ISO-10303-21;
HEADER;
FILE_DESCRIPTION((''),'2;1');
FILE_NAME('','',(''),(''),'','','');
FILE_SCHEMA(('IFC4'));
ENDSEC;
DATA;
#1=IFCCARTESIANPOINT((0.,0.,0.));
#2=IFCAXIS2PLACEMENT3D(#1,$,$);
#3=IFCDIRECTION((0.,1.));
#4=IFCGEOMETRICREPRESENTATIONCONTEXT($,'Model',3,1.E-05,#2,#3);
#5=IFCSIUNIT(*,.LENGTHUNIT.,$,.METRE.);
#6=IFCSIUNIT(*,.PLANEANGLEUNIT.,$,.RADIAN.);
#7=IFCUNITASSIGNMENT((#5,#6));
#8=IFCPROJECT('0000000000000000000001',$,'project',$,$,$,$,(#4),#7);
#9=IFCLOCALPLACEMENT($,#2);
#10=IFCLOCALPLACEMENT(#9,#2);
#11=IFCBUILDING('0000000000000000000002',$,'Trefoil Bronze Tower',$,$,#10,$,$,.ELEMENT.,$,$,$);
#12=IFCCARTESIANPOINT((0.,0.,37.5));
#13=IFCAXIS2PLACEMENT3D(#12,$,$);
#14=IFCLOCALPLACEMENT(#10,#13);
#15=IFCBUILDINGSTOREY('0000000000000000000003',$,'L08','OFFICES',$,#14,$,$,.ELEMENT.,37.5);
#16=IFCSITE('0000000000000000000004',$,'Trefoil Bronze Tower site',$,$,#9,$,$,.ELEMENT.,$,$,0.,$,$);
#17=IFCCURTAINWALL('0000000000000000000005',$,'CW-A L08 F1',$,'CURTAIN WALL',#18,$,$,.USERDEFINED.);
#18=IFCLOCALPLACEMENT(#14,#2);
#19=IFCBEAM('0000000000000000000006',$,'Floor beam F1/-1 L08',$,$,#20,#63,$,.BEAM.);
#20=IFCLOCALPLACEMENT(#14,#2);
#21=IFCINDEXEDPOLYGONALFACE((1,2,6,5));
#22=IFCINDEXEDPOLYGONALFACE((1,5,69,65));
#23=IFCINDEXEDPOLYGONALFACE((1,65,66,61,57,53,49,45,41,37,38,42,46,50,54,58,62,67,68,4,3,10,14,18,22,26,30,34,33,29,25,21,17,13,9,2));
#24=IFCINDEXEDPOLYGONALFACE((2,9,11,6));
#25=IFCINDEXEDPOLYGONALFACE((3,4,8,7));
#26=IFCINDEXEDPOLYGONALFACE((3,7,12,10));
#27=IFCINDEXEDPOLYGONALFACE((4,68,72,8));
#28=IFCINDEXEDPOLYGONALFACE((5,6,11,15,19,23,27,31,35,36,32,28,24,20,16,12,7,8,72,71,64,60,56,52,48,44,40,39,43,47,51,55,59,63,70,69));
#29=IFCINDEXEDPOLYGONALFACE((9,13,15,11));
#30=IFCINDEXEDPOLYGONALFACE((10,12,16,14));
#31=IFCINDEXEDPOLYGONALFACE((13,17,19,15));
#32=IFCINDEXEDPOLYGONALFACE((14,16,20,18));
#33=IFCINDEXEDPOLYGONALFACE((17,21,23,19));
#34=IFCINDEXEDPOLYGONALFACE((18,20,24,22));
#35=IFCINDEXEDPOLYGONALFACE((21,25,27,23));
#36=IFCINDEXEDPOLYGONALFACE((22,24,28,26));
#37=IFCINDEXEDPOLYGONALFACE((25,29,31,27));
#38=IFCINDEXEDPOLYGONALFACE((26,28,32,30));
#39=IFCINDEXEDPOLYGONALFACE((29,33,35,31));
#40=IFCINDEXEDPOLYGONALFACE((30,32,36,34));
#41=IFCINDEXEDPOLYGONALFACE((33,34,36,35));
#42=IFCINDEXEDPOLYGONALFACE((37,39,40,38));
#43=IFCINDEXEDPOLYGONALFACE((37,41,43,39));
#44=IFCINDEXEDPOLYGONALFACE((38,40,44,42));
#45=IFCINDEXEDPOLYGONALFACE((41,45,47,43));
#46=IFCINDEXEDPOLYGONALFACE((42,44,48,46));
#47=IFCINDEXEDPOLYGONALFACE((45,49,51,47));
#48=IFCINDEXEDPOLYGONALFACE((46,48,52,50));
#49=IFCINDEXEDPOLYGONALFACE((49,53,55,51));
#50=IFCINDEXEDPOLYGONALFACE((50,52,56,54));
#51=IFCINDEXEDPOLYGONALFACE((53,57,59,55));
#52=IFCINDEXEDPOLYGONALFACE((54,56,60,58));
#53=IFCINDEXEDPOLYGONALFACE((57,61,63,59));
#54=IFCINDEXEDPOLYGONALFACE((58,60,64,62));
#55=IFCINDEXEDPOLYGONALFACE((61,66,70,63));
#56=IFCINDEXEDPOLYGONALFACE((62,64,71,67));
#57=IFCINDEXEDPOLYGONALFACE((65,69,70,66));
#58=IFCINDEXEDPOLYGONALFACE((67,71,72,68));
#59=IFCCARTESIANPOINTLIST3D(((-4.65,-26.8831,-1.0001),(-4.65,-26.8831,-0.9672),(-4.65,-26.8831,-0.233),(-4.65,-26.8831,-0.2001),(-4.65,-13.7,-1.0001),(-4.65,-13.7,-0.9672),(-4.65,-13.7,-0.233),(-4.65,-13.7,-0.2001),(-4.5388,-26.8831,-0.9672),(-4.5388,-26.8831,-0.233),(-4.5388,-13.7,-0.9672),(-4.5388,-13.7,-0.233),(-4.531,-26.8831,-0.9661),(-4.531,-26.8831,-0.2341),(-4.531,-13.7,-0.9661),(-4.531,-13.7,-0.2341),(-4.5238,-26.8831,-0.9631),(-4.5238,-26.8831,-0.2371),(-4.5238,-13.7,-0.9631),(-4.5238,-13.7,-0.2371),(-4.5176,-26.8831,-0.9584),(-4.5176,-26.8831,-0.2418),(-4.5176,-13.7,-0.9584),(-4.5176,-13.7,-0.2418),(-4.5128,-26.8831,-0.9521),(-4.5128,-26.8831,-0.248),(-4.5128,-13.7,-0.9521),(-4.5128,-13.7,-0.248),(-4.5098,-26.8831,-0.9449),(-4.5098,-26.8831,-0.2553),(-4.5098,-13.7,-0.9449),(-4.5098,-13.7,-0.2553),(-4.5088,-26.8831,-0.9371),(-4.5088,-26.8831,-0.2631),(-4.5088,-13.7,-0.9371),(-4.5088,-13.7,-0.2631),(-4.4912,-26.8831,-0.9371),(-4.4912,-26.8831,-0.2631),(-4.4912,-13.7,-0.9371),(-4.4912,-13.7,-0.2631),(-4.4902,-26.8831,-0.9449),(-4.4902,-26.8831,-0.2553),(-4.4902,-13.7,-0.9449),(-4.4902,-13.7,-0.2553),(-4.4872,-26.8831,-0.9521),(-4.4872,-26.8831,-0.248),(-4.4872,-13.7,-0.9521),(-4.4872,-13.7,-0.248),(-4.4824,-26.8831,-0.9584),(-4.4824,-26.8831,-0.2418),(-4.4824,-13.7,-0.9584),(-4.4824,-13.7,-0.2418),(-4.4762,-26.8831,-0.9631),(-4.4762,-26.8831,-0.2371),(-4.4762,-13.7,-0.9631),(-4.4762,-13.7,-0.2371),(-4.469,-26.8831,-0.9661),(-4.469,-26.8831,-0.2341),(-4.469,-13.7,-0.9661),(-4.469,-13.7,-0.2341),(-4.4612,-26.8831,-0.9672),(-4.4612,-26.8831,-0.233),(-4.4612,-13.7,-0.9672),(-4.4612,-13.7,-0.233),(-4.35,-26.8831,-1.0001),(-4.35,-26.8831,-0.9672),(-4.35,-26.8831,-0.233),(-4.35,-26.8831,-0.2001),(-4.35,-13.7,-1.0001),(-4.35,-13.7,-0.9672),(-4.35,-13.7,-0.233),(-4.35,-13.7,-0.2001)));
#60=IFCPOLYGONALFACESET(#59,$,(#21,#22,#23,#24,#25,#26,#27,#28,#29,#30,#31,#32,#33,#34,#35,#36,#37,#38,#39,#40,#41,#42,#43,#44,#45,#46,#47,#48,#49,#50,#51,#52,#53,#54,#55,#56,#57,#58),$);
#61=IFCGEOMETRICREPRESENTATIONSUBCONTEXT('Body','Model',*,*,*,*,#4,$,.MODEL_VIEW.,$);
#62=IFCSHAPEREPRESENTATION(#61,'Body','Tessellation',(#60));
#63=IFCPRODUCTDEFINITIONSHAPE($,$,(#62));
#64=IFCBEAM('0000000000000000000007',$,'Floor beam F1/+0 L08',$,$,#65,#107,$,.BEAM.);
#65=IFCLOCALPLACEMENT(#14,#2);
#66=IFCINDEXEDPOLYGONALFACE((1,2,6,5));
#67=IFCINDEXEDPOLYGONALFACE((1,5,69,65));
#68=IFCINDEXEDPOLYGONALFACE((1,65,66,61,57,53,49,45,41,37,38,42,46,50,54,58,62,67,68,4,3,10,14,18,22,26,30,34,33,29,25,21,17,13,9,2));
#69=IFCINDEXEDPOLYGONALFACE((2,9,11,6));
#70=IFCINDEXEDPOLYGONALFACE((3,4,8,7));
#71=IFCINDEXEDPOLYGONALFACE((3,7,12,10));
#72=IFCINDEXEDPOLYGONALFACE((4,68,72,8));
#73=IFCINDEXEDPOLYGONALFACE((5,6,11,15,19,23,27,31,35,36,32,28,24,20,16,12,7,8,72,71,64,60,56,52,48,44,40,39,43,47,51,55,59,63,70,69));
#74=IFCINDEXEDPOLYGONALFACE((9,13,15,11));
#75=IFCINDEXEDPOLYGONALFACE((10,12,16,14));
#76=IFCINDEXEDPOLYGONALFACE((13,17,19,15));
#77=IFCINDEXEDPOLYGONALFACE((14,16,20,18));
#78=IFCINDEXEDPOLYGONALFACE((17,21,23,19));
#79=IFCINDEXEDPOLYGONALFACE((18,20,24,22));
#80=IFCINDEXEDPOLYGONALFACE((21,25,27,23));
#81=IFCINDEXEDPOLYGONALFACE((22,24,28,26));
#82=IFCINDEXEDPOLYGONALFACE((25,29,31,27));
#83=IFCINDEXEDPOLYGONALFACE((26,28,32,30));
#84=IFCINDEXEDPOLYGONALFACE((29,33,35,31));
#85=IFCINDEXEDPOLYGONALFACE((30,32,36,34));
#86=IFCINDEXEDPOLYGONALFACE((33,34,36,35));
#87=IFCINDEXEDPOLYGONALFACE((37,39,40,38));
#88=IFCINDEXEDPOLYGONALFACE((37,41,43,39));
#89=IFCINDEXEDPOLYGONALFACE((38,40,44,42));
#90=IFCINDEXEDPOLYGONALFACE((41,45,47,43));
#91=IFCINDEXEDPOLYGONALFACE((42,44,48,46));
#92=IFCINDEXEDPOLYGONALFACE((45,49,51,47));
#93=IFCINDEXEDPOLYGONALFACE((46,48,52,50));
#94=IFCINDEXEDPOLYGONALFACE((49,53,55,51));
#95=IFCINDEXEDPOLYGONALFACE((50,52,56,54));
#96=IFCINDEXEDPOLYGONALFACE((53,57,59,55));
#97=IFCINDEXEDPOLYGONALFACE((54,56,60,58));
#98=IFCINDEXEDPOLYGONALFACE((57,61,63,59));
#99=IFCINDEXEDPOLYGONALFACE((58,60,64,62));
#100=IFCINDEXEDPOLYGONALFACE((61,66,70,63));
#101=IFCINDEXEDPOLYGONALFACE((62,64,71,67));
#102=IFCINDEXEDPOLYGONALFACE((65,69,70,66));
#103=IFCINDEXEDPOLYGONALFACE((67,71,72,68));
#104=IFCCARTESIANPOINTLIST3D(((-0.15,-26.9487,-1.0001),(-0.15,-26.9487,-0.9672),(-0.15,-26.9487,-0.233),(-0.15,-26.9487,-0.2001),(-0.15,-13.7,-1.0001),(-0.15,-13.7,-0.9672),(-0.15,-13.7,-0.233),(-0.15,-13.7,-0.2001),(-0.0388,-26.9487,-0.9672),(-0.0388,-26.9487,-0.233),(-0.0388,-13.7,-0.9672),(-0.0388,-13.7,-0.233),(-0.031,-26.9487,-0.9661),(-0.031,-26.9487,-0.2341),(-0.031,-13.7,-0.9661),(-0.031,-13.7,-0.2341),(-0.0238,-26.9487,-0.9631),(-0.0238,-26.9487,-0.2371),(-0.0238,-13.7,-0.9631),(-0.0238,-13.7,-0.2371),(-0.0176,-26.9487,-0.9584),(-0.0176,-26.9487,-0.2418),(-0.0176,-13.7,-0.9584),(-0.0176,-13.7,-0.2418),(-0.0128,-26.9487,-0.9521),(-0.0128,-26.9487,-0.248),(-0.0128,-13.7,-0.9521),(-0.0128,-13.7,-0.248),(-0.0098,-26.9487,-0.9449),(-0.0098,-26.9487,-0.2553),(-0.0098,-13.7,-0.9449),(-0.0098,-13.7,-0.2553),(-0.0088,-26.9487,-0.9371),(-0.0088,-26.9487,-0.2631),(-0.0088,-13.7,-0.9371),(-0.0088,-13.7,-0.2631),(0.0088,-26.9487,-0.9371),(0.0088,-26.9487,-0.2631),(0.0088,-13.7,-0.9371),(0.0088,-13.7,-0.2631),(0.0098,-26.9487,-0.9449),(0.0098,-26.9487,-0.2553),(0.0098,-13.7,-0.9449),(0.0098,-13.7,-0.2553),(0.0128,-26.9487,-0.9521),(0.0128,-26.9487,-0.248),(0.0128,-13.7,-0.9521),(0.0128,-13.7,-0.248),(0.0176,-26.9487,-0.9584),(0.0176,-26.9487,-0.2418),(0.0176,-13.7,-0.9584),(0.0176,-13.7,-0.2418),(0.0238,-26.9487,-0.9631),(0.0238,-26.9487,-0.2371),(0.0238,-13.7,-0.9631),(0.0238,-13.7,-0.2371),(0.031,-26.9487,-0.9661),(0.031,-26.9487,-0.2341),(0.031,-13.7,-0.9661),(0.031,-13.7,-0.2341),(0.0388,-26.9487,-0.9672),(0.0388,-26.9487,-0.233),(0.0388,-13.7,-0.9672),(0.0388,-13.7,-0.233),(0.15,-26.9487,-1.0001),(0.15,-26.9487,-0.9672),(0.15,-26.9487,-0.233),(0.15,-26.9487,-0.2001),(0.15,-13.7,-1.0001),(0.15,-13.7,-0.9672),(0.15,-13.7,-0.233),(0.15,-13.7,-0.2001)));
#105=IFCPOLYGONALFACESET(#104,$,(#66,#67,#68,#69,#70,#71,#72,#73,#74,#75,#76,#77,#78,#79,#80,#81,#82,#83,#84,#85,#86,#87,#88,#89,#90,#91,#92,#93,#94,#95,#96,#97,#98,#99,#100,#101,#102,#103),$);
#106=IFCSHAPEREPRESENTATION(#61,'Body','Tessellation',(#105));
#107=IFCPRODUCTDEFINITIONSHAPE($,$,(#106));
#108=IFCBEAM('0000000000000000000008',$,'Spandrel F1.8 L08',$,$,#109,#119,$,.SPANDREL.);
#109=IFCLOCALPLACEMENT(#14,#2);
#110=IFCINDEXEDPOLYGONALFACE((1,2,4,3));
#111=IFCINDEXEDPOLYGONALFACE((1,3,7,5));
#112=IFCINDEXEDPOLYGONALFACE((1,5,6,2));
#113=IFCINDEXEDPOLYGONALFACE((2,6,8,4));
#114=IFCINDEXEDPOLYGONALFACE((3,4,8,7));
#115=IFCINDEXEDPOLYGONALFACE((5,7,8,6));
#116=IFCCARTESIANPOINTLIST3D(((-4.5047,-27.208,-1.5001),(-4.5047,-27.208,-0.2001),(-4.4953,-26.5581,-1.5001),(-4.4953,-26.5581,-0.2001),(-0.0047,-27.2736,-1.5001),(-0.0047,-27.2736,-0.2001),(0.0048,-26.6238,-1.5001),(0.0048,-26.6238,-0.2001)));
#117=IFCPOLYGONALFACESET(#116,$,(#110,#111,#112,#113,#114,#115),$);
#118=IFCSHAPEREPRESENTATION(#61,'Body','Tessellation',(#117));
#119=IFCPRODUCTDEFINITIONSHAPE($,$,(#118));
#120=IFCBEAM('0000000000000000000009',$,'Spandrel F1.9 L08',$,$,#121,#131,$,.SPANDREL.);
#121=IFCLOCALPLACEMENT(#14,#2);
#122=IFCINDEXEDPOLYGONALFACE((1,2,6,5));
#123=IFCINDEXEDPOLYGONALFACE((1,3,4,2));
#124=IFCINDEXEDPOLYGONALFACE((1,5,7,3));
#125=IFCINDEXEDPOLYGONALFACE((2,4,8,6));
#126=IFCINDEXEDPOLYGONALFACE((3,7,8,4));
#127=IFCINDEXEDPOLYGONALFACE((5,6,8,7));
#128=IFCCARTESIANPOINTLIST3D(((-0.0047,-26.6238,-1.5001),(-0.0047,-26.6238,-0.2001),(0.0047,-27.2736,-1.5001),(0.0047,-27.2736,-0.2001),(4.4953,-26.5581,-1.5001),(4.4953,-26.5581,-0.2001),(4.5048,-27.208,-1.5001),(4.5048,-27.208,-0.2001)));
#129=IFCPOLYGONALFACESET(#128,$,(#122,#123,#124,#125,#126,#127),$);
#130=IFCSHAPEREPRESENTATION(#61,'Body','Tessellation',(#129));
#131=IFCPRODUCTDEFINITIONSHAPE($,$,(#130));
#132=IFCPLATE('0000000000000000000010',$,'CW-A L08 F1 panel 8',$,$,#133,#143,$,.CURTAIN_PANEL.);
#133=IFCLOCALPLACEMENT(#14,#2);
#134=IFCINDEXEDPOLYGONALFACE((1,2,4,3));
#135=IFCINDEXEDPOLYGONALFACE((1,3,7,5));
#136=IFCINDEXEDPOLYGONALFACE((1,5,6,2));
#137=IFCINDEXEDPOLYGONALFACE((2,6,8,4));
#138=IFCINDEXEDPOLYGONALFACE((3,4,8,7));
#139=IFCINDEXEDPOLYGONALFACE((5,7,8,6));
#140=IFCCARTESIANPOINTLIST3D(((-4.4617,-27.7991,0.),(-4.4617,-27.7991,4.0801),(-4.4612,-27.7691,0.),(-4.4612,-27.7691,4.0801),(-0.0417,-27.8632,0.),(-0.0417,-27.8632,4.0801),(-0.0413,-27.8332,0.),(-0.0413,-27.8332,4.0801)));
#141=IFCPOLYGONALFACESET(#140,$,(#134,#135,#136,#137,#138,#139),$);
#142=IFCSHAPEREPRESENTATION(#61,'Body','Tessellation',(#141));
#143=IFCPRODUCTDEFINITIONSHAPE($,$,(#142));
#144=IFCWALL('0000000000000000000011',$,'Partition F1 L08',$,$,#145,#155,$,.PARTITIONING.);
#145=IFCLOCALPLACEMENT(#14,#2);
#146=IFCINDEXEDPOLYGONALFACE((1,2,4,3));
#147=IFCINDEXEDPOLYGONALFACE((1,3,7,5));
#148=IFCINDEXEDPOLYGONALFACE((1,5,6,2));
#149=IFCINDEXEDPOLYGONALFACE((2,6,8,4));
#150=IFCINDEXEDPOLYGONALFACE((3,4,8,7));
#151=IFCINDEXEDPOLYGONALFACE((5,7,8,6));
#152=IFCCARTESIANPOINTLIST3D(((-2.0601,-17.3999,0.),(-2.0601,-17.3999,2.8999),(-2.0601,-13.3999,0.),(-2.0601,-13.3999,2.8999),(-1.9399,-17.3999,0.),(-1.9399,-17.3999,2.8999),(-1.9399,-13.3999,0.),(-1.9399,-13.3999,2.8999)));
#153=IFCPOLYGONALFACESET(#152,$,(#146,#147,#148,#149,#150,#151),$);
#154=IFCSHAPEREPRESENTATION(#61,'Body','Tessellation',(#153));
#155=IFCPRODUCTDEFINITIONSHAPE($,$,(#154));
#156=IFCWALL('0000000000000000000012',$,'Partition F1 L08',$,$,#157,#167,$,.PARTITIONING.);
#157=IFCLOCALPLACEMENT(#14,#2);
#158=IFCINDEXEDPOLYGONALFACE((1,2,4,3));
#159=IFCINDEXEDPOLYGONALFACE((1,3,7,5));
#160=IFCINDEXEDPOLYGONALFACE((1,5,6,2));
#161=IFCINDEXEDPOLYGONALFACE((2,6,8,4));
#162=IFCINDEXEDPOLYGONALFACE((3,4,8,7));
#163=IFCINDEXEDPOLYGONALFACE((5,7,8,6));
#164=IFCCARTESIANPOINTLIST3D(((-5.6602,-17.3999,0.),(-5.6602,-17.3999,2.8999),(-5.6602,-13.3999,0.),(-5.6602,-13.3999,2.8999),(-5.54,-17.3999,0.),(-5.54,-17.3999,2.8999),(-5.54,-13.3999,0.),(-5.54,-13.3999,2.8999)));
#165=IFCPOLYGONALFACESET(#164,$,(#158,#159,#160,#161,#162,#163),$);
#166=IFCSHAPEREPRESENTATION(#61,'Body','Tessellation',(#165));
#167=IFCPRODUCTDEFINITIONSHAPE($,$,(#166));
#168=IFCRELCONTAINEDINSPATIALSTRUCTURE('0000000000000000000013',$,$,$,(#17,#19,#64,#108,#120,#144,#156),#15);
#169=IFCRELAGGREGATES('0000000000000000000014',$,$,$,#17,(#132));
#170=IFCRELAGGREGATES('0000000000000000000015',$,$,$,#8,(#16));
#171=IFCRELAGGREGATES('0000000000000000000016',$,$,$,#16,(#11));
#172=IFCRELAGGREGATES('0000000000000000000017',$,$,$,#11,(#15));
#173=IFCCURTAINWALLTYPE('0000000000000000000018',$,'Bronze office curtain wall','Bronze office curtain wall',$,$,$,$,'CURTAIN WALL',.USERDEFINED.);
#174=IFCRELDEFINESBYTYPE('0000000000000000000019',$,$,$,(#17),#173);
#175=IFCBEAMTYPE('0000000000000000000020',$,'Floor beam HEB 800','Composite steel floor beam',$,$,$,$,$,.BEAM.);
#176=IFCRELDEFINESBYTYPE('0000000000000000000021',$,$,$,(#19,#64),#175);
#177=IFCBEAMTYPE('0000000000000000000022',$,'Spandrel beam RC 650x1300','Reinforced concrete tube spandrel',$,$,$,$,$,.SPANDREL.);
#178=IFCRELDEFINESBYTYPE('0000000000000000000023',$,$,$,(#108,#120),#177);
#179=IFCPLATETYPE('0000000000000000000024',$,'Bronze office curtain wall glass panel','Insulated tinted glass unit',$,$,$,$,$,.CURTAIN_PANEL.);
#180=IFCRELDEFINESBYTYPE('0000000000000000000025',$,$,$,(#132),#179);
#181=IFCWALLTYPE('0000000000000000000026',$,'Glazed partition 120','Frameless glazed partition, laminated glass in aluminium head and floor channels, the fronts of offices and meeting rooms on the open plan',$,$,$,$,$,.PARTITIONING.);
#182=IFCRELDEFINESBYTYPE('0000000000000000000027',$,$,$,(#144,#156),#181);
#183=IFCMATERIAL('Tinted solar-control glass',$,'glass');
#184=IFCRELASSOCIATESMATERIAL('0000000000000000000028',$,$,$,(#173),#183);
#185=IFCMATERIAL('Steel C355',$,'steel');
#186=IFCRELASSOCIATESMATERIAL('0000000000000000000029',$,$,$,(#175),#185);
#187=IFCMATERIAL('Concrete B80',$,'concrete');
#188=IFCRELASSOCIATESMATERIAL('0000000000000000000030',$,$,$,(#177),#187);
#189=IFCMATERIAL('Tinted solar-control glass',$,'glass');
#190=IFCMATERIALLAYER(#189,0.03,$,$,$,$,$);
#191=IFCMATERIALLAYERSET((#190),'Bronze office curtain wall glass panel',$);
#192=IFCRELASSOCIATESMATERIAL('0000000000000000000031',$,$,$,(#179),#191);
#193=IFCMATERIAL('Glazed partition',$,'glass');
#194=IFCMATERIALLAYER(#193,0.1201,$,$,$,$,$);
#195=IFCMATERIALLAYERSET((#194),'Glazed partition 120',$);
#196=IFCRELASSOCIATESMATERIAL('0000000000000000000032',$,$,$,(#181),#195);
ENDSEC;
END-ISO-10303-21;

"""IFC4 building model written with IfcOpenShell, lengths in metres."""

from ifc_helpers import new_model, si_unit, direction, frame, frame_2d, origin, origin_2d, place, context, subcontext, project, spatial, rectangle, i_section, extrude, material, layer, layer_set, material_profile, profile_set, type_object, element, aggregate, save


model = new_model("IFC4")

# Units and contexts
model_context = context("Model", 3, precision=1e-05, world=origin(), true_north=direction((0.0, 1.0)))
body_context = subcontext(model_context, "Body", "Model", "MODEL_VIEW")
ifc_project = project(units=[si_unit("LENGTHUNIT", "METRE"), si_unit("PLANEANGLEUNIT", "RADIAN")], contexts=[model_context])

# Site, building, storey
site_placement = place(None, origin())
site = spatial("IfcSite", under=ifc_project, at=site_placement, Name="Trefoil Bronze Tower site", CompositionType="ELEMENT", RefElevation=0.0)
building_placement = place(site_placement, origin())
building = spatial("IfcBuilding", under=site, at=building_placement, Name="Trefoil Bronze Tower", CompositionType="ELEMENT")
storey_placement = place(building_placement, frame((0.0, 0.0, 37.5)))
storey = spatial("IfcBuildingStorey", under=building, at=storey_placement, Name="L08", Description="OFFICES", CompositionType="ELEMENT", Elevation=37.5)

# Curtain wall
ifc_material_1 = material(Name="Tinted solar-control glass", Category="glass")
curtain_wall_type = type_object("IfcCurtainWallType", Name="Bronze office curtain wall", Description="Bronze office curtain wall", ElementType="CURTAIN WALL", PredefinedType="USERDEFINED", material=ifc_material_1)
curtain_wall_placement = place(storey_placement, origin())
curtain_wall = element("IfcCurtainWall", 1, at=curtain_wall_placement, inside=storey, type_object=curtain_wall_type, Name="CW-A L08 F1", ObjectType="CURTAIN WALL", PredefinedType="USERDEFINED")

# Beams
ifc_material_2 = material(Name="Steel C355", Category="steel")
ifc_material_profile_1 = material_profile(ifc_material_2, i_section(OverallWidth=0.3, OverallDepth=0.8, WebThickness=0.0176, FlangeThickness=0.033, FilletRadius=0.03, at=origin_2d()), Name="HEB 800")
ifc_profile_set_1 = profile_set([ifc_material_profile_1], Name="Steel C355")
beam_type_1 = type_object("IfcBeamType", Name="Floor beam HEB 800", Description="Composite steel floor beam", PredefinedType="BEAM", material=ifc_profile_set_1)
beam_1_placement = place(storey_placement, frame((-4.5, -26.8831, -0.6001), z_axis=(0.0, 1.0, 0.0), x_axis=(-1.0, 0.0, 0.0)))
element("IfcBeam", 2, at=beam_1_placement, inside=storey, type_object=beam_type_1, Name="Floor beam F1/-1 L08", PredefinedType="BEAM", context=body_context, shape_type="SweptSolid", body=[
    extrude(i_section(OverallWidth=0.3, OverallDepth=0.8, WebThickness=0.0176, FlangeThickness=0.033, FilletRadius=0.03, at=origin_2d()), origin(), (0.0, 0.0, 1.0), 13.1831),
])
beam_2_placement = place(storey_placement, frame((0.0, -26.9487, -0.6001), z_axis=(0.0, 1.0, 0.0), x_axis=(-1.0, 0.0, 0.0)))
element("IfcBeam", 3, at=beam_2_placement, inside=storey, type_object=beam_type_1, Name="Floor beam F1/+0 L08", PredefinedType="BEAM", context=body_context, shape_type="SweptSolid", body=[
    extrude(i_section(OverallWidth=0.3, OverallDepth=0.8, WebThickness=0.0176, FlangeThickness=0.033, FilletRadius=0.03, at=origin_2d()), origin(), (0.0, 0.0, 1.0), 13.2488),
])
ifc_material_3 = material(Name="Concrete B80", Category="concrete")
ifc_material_profile_2 = material_profile(ifc_material_3, rectangle(XDim=0.6499, YDim=1.3, at=origin_2d()), Name="RC 650x1300")
ifc_profile_set_2 = profile_set([ifc_material_profile_2], Name="Concrete B80")
beam_type_2 = type_object("IfcBeamType", Name="Spandrel beam RC 650x1300", Description="Reinforced concrete tube spandrel", PredefinedType="SPANDREL", material=ifc_profile_set_2)
for number, where, z_axis, x_axis, name in (
    (4, (-4.5, -26.8831, -0.8501), (0.999894, -0.014593, 0.0), (0.014593, 0.999894, 0.0), "Spandrel F1.8 L08"),
    (5, (0.0, -26.9487, -0.8501), (0.999894, 0.014593, 0.0), (-0.014593, 0.999894, 0.0), "Spandrel F1.9 L08"),
):
    element("IfcBeam", number, at=place(storey_placement, frame(where, z_axis=z_axis, x_axis=x_axis)), inside=storey, type_object=beam_type_2, Name=name, PredefinedType="SPANDREL", context=body_context, shape_type="SweptSolid", body=[
        extrude(rectangle(XDim=0.6499, YDim=1.3, at=origin_2d()), origin(), (0.0, 0.0, 1.0), 4.5005),
    ])

# Plate
ifc_material_4 = material(Name="Tinted solar-control glass", Category="glass")
ifc_layer_1 = layer(ifc_material_4, 0.03)
ifc_layer_set_1 = layer_set([ifc_layer_1], Name="Bronze office curtain wall glass panel")
plate_type = type_object("IfcPlateType", Name="Bronze office curtain wall glass panel", Description="Insulated tinted glass unit", PredefinedType="CURTAIN_PANEL", material=ifc_layer_set_1)
plate_placement = place(storey_placement, frame((-2.2515, -27.8162, 0.0), z_axis=(0.0, 0.0, 1.0), x_axis=(0.999895, -0.014509, 0.0)))
plate = element("IfcPlate", 6, at=plate_placement, type_object=plate_type, Name="CW-A L08 F1 panel 8", PredefinedType="CURTAIN_PANEL", context=body_context, shape_type="SweptSolid", body=[
    extrude(rectangle(XDim=4.4204, YDim=0.03, at=origin_2d()), origin(), (0.0, 0.0, 1.0), 4.0801),
])
aggregate(curtain_wall, [plate])

# Walls
ifc_material_5 = material(Name="Glazed partition", Category="glass")
ifc_layer_2 = layer(ifc_material_5, 0.1201)
ifc_layer_set_2 = layer_set([ifc_layer_2], Name="Glazed partition 120")
wall_type_1 = type_object("IfcWallType", Name="Glazed partition 120", Description="Frameless glazed partition, laminated glass in aluminium head and floor channels, the fronts of offices and meeting rooms on the open plan", PredefinedType="PARTITIONING", material=ifc_layer_set_2)
for number, where, z_axis, x_axis, name in (
    (7, (-2.0, -13.3999, 0.0), (0.0, 0.0, 1.0), (0.0, -1.0, 0.0), "Partition F1 L08"),
    (8, (-5.6001, -13.3999, 0.0), (0.0, 0.0, 1.0), (0.0, -1.0, 0.0), "Partition F1 L08"),
):
    element("IfcWall", number, at=place(storey_placement, frame(where, z_axis=z_axis, x_axis=x_axis)), inside=storey, type_object=wall_type_1, Name=name, PredefinedType="PARTITIONING", context=body_context, shape_type="SweptSolid", body=[
        extrude(rectangle(XDim=4.0, YDim=0.1201, at=frame_2d((2.0, 0.0))), origin(), (0.0, 0.0, 1.0), 2.8999),
    ])

save(model, "model.ifc")
